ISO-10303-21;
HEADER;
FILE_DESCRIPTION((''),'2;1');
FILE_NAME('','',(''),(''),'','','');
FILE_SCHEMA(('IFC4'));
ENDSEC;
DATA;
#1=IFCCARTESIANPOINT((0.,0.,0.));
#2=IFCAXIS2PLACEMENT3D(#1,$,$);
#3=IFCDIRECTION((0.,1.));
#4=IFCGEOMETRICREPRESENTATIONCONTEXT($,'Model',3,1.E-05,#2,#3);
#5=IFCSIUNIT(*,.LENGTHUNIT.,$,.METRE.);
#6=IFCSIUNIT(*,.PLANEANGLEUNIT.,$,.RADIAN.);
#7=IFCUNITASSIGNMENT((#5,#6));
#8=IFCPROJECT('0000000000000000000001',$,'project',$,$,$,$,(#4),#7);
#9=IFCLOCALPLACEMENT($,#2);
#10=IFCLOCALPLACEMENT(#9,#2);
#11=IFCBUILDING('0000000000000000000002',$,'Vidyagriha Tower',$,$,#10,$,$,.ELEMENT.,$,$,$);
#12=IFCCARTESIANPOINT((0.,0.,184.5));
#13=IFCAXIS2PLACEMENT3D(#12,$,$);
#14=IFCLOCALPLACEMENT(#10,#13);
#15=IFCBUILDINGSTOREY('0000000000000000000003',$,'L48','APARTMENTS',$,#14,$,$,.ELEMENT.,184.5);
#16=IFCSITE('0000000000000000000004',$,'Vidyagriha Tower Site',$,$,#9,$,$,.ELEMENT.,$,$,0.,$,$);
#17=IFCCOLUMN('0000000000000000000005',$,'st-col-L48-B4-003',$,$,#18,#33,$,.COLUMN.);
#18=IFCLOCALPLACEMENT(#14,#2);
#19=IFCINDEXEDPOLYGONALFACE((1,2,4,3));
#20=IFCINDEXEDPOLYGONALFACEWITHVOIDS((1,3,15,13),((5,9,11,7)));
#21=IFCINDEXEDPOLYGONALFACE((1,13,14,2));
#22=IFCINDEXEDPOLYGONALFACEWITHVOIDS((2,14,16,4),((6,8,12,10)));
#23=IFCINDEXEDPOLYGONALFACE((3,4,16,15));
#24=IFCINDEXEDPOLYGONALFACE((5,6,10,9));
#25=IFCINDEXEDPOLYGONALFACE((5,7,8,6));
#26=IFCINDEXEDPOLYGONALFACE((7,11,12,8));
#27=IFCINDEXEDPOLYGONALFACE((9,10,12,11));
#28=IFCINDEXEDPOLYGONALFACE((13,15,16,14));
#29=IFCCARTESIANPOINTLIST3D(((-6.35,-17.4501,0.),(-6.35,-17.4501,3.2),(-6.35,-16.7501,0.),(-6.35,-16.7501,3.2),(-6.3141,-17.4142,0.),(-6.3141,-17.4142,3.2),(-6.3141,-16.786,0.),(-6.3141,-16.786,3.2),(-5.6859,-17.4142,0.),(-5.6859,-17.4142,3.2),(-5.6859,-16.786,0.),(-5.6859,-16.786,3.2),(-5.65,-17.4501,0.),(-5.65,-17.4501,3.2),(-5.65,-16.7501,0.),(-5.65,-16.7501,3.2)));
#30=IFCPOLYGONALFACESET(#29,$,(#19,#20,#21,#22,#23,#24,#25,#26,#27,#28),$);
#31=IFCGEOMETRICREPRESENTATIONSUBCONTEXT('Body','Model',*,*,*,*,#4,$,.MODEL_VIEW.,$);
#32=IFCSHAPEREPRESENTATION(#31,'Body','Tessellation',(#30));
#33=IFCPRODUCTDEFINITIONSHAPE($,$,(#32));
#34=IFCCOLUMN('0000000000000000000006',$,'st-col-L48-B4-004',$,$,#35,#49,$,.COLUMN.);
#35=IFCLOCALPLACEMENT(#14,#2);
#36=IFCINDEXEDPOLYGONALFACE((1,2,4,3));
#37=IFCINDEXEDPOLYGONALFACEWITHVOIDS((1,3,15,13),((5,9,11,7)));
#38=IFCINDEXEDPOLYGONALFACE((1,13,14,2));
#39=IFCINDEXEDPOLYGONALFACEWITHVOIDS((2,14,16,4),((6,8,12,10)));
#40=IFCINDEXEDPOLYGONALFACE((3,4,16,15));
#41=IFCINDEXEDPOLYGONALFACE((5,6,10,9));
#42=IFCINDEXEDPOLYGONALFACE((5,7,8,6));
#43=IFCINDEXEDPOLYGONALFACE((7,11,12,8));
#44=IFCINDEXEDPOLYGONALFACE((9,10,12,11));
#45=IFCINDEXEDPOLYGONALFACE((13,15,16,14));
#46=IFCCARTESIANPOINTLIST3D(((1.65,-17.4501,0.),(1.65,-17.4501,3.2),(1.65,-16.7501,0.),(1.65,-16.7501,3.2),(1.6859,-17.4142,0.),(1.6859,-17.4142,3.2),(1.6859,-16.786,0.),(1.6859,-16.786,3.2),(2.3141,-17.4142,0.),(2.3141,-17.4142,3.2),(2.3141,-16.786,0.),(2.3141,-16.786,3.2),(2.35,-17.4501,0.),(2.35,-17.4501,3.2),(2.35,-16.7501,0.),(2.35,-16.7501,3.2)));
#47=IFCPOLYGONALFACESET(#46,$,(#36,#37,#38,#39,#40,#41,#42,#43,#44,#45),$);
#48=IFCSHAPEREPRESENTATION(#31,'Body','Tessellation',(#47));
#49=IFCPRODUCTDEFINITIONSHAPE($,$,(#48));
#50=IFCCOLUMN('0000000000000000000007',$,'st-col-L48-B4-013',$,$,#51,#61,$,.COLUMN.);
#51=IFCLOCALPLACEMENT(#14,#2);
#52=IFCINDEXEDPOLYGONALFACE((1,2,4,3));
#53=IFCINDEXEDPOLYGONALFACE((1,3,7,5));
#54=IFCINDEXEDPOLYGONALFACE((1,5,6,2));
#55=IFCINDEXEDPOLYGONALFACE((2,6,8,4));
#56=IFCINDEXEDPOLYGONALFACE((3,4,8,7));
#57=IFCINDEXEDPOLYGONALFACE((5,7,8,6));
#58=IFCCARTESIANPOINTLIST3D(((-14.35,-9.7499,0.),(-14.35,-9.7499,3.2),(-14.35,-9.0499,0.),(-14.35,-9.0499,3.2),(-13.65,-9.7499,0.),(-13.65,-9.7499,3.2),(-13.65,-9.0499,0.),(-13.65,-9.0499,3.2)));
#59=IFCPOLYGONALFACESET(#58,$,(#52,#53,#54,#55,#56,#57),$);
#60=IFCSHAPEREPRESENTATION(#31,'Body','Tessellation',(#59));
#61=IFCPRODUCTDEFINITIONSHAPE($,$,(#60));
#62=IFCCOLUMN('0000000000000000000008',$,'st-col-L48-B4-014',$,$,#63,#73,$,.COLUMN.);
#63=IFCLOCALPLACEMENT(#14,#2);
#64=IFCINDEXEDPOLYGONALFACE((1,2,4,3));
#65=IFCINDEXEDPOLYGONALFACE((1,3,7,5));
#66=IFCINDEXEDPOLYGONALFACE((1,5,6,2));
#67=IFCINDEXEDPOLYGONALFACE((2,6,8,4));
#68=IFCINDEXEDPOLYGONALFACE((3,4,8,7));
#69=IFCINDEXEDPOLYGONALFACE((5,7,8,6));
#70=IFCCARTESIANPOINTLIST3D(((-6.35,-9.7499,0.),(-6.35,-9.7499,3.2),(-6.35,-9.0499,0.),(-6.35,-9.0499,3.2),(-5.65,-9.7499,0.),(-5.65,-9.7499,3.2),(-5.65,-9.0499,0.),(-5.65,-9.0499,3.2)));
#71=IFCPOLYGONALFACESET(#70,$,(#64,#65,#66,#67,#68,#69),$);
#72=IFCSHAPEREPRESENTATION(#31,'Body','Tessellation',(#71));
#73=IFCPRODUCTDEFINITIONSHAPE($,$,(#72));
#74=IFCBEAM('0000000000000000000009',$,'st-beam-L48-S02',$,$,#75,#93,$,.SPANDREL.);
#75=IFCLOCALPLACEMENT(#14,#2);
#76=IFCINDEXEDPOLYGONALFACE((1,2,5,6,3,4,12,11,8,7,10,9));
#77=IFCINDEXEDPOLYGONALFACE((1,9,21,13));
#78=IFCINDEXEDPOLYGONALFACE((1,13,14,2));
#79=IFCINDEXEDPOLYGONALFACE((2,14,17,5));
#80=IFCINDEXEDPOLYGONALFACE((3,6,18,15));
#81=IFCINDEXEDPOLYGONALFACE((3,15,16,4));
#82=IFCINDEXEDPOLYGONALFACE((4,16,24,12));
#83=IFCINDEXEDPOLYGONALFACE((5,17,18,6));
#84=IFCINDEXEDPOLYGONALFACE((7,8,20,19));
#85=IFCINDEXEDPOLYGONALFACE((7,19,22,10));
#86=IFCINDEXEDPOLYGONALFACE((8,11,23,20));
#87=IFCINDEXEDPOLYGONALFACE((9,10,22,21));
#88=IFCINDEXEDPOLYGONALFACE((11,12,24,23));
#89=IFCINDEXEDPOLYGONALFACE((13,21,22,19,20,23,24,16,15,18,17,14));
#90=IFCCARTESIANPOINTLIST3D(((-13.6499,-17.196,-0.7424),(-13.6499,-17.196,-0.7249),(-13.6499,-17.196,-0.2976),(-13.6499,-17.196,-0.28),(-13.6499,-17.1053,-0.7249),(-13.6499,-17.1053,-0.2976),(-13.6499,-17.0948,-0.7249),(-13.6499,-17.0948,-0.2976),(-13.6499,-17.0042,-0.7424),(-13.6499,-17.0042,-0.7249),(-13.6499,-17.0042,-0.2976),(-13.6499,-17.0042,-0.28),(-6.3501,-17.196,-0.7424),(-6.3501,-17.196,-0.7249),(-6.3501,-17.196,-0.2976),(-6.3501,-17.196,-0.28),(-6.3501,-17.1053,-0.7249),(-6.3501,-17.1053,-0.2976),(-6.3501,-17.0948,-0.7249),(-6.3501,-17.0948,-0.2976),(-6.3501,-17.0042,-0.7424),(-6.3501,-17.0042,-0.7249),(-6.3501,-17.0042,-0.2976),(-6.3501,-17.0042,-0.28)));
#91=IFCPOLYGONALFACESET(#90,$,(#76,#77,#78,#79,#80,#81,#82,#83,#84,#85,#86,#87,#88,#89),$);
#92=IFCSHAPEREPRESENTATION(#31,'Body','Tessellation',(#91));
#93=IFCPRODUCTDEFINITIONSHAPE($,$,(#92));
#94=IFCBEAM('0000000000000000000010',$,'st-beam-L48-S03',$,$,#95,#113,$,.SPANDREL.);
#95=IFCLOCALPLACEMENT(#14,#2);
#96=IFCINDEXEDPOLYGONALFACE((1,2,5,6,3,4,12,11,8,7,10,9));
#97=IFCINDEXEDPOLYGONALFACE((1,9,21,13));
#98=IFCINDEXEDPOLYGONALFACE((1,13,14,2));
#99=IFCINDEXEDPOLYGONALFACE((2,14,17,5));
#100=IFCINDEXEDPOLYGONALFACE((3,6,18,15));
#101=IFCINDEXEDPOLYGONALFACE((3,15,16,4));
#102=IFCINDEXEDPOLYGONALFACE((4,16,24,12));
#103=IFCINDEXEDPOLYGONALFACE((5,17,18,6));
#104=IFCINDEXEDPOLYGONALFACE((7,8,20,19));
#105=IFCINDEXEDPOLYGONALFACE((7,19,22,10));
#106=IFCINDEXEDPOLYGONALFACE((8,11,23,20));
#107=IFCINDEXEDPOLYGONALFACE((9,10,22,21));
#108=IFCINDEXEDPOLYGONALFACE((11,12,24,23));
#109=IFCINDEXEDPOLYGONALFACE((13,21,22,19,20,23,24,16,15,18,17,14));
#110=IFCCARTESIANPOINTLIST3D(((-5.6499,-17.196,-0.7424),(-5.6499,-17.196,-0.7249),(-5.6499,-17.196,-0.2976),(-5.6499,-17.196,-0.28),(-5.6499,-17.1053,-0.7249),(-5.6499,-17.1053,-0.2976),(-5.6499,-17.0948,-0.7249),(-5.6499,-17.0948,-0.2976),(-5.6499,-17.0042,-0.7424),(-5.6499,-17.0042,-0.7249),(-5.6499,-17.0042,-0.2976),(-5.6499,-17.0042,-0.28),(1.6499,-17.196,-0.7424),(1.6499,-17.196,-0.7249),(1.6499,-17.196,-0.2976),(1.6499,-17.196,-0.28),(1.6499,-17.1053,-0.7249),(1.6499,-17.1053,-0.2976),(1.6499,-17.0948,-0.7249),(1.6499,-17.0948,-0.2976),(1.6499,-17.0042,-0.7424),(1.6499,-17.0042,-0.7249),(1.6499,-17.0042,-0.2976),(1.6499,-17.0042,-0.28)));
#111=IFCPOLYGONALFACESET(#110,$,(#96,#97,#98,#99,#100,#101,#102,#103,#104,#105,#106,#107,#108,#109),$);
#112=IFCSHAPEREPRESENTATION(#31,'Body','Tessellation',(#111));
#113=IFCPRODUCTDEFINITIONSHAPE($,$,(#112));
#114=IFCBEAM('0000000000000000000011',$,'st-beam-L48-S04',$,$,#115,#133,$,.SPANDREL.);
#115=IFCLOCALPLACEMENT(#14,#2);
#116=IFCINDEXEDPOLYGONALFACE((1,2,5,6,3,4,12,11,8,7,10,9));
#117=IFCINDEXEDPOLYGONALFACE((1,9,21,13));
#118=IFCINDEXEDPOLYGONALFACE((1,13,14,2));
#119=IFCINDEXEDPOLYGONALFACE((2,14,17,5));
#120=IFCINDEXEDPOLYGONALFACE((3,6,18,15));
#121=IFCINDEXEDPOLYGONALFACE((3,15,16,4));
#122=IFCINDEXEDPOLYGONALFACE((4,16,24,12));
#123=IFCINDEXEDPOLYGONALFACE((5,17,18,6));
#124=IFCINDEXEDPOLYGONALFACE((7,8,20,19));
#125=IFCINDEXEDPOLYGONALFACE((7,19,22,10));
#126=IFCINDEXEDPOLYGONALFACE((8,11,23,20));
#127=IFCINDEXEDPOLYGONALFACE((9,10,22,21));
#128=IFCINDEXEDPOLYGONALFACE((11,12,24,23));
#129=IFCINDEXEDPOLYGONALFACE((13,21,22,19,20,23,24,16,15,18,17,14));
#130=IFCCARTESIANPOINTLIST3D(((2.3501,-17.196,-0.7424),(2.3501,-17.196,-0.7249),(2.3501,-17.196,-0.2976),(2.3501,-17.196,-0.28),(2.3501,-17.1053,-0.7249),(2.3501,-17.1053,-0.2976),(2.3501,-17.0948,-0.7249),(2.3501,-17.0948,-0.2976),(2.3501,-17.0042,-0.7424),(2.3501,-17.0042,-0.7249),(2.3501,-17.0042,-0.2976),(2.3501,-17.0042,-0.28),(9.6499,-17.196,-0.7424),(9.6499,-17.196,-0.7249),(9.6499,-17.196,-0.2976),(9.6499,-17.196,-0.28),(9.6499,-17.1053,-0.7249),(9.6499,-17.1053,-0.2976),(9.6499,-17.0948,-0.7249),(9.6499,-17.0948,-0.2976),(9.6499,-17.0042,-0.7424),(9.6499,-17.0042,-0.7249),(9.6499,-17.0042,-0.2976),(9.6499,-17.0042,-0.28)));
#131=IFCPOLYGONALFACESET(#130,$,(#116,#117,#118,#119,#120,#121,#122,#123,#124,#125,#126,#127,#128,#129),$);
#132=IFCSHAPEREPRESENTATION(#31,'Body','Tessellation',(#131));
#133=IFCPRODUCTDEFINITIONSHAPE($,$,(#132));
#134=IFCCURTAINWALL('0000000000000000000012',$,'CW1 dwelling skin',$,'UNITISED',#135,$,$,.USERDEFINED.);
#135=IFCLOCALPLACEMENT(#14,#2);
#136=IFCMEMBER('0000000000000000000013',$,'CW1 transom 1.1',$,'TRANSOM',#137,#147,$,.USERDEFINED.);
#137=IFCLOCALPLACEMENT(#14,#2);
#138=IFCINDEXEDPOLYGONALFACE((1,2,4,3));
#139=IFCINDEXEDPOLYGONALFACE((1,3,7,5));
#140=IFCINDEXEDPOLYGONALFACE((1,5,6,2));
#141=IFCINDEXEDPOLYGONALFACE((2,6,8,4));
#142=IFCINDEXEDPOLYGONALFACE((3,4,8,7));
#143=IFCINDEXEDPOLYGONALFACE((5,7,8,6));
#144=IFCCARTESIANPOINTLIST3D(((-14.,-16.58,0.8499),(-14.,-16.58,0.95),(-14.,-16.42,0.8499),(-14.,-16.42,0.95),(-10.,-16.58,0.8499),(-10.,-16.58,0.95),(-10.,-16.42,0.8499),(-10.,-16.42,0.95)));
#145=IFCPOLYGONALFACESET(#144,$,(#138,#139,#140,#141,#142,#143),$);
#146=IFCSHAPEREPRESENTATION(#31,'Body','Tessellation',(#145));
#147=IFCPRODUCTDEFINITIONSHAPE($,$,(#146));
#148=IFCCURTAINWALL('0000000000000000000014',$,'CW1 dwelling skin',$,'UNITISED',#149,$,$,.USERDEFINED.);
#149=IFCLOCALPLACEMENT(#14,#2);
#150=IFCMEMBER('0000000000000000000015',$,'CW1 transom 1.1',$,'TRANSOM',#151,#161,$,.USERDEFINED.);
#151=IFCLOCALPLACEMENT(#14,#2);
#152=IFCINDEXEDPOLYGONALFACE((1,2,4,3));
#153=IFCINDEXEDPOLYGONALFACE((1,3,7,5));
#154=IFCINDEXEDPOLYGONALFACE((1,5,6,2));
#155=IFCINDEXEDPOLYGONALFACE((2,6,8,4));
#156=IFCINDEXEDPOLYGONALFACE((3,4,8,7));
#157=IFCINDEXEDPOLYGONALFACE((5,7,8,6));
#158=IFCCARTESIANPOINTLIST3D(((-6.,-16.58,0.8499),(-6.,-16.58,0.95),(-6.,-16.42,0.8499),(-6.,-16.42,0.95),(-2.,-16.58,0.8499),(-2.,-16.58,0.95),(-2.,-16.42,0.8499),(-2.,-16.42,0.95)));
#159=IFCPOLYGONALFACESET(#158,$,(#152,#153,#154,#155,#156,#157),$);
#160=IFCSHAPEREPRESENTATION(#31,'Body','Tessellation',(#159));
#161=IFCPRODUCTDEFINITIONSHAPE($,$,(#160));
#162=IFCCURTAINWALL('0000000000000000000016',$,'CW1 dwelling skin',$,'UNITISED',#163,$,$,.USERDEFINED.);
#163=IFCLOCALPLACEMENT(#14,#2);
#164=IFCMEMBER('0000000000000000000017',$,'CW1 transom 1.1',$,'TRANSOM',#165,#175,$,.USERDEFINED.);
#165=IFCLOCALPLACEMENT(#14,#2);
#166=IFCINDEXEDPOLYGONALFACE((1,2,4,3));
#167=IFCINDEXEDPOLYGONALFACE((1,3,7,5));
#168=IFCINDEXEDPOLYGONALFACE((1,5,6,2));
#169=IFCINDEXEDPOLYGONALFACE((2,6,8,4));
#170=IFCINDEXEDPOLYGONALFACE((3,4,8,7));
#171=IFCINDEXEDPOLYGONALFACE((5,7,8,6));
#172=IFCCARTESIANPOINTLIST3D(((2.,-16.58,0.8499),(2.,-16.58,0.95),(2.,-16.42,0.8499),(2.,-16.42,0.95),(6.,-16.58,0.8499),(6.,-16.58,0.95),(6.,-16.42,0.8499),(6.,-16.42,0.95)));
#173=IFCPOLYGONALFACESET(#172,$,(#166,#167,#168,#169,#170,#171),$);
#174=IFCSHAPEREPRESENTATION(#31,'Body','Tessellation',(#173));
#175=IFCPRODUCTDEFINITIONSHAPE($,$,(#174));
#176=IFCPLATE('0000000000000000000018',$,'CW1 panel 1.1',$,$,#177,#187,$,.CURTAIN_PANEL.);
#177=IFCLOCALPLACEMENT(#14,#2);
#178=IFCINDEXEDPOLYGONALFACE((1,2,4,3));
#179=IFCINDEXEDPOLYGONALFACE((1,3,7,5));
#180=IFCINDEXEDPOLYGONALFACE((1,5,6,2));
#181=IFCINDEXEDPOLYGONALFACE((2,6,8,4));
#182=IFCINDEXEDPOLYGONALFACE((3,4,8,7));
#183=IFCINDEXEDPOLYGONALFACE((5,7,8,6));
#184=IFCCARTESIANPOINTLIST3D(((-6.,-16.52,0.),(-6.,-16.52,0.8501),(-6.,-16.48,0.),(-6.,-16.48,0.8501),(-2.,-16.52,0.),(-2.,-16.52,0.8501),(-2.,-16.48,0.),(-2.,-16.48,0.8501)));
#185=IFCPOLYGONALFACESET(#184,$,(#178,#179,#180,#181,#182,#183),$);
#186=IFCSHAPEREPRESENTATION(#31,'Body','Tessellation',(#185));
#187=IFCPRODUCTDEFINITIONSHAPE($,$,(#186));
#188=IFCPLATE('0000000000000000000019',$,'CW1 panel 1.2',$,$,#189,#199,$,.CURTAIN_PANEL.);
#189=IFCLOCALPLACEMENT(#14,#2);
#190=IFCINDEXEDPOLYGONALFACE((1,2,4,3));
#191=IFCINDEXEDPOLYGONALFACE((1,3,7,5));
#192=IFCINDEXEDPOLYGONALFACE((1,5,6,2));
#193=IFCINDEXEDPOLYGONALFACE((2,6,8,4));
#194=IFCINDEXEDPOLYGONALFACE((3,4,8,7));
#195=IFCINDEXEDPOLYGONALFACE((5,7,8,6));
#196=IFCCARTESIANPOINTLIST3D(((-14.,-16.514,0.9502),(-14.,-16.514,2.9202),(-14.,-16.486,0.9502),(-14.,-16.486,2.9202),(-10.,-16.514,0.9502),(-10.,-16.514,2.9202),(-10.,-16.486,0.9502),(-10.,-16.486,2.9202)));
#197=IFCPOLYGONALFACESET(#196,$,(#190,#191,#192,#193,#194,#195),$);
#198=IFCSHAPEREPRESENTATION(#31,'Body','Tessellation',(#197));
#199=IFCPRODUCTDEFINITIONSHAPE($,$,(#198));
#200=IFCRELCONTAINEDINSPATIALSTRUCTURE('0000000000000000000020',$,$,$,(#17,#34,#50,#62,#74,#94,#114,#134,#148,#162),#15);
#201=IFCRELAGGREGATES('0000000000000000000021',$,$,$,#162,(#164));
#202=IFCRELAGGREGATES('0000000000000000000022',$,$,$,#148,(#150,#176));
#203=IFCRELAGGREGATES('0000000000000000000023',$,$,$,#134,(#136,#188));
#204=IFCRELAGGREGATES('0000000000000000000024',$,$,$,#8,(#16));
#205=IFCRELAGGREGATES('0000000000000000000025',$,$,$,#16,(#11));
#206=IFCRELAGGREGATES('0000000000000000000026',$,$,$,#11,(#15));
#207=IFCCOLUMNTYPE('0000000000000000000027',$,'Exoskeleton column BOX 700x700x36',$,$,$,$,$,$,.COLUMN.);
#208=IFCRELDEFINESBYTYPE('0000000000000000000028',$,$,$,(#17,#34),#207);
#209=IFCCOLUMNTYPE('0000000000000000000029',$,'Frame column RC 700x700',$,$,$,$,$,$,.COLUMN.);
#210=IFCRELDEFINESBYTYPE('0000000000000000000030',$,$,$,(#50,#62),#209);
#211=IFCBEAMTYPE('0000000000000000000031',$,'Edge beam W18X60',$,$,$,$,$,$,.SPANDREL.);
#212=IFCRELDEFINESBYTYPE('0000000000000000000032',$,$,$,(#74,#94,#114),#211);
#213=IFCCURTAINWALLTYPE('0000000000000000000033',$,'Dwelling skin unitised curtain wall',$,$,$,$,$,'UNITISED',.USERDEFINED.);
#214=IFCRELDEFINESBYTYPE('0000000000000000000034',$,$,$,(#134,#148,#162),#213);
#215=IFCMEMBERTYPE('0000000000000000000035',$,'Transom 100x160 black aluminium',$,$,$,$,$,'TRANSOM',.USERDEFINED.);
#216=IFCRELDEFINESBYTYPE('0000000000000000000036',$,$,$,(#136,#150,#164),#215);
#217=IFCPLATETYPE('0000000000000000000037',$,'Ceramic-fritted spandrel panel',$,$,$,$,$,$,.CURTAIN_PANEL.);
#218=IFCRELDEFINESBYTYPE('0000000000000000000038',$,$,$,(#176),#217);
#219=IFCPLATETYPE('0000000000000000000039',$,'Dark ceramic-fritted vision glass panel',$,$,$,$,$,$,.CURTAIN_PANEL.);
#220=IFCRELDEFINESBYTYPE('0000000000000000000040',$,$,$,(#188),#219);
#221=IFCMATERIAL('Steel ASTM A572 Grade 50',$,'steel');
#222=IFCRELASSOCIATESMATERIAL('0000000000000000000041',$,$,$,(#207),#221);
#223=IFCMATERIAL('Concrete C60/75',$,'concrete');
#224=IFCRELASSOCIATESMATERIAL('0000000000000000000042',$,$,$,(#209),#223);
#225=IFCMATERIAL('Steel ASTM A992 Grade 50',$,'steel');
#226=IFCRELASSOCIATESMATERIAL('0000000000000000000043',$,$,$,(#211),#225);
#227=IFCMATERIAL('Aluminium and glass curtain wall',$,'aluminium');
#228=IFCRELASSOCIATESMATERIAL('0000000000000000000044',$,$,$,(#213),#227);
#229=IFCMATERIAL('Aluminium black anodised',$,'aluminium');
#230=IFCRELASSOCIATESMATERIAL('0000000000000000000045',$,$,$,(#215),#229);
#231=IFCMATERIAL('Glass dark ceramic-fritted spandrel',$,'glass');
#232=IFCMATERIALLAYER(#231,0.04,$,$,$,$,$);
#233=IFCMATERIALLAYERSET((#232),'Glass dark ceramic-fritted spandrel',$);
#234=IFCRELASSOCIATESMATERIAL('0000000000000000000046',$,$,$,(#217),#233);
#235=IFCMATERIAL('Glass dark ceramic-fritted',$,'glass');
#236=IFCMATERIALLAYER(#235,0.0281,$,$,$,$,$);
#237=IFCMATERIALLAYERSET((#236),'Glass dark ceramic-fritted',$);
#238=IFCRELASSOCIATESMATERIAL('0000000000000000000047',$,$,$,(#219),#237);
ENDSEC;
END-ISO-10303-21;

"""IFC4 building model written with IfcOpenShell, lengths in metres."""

from ifc_helpers import new_model, si_unit, direction, frame, origin, origin_2d, place, context, subcontext, project, spatial, rectangle, hollow_rectangle, i_section, extrude, material, layer, layer_set, material_profile, profile_set, type_object, element, aggregate, save


model = new_model("IFC4")

# Units and contexts
model_context = context("Model", 3, precision=1e-05, world=origin(), true_north=direction((0.0, 1.0)))
body_context = subcontext(model_context, "Body", "Model", "MODEL_VIEW")
ifc_project = project(units=[si_unit("LENGTHUNIT", "METRE"), si_unit("PLANEANGLEUNIT", "RADIAN")], contexts=[model_context])

# Site, building, storey
site_placement = place(None, origin())
site = spatial("IfcSite", under=ifc_project, at=site_placement, Name="Vidyagriha Tower Site", CompositionType="ELEMENT", RefElevation=0.0)
building_placement = place(site_placement, origin())
building = spatial("IfcBuilding", under=site, at=building_placement, Name="Vidyagriha Tower", CompositionType="ELEMENT")
storey_placement = place(building_placement, frame((0.0, 0.0, 184.5)))
storey = spatial("IfcBuildingStorey", under=building, at=storey_placement, Name="L48", Description="APARTMENTS", CompositionType="ELEMENT", Elevation=184.5)

# Columns
ifc_material_1 = material(Name="Steel ASTM A572 Grade 50", Category="steel")
ifc_material_profile_1 = material_profile(ifc_material_1, hollow_rectangle(XDim=0.7, YDim=0.7, WallThickness=0.0359, at=origin_2d()), Name="BOX 700x700x36")
ifc_profile_set_1 = profile_set([ifc_material_profile_1], Name="Steel ASTM A572 Grade 50")
column_type_1 = type_object("IfcColumnType", Name="Exoskeleton column BOX 700x700x36", PredefinedType="COLUMN", material=ifc_profile_set_1)
for number, where, name in (
    (1, (-6.0, -17.1001, 0.0), "st-col-L48-B4-003"),
    (2, (2.0, -17.1001, 0.0), "st-col-L48-B4-004"),
):
    element("IfcColumn", number, at=place(storey_placement, frame(where)), inside=storey, type_object=column_type_1, Name=name, PredefinedType="COLUMN", context=body_context, shape_type="SweptSolid", body=[
        extrude(hollow_rectangle(XDim=0.7, YDim=0.7, WallThickness=0.0359, at=origin_2d()), origin(), (0.0, 0.0, 1.0), 3.2),
    ])
ifc_material_2 = material(Name="Concrete C60/75", Category="concrete")
ifc_material_profile_2 = material_profile(ifc_material_2, rectangle(XDim=0.7, YDim=0.7, at=origin_2d()), Name="RC 700x700")
ifc_profile_set_2 = profile_set([ifc_material_profile_2], Name="Concrete C60/75")
column_type_2 = type_object("IfcColumnType", Name="Frame column RC 700x700", PredefinedType="COLUMN", material=ifc_profile_set_2)
for number, where, name in (
    (3, (-14.0, -9.3999, 0.0), "st-col-L48-B4-013"),
    (4, (-6.0, -9.3999, 0.0), "st-col-L48-B4-014"),
):
    element("IfcColumn", number, at=place(storey_placement, frame(where)), inside=storey, type_object=column_type_2, Name=name, PredefinedType="COLUMN", context=body_context, shape_type="SweptSolid", body=[
        extrude(rectangle(XDim=0.7, YDim=0.7, at=origin_2d()), origin(), (0.0, 0.0, 1.0), 3.2),
    ])

# Beams
ifc_material_3 = material(Name="Steel ASTM A992 Grade 50", Category="steel")
ifc_material_profile_3 = material_profile(ifc_material_3, i_section(OverallWidth=0.1919, OverallDepth=0.4624, WebThickness=0.0105, FlangeThickness=0.0176, at=origin_2d()), Name="W18X60")
ifc_profile_set_3 = profile_set([ifc_material_profile_3], Name="Steel ASTM A992 Grade 50")
beam_type = type_object("IfcBeamType", Name="Edge beam W18X60", PredefinedType="SPANDREL", material=ifc_profile_set_3)
for number, where, z_axis, x_axis, name in (
    (5, (-13.6499, -17.1001, -0.5112), (1.0, 0.0, 0.0), (0.0, 1.0, 0.0), "st-beam-L48-S02"),
    (6, (-5.6499, -17.1001, -0.5112), (1.0, 0.0, 0.0), (0.0, 1.0, 0.0), "st-beam-L48-S03"),
    (7, (2.3501, -17.1001, -0.5112), (1.0, 0.0, 0.0), (0.0, 1.0, 0.0), "st-beam-L48-S04"),
):
    element("IfcBeam", number, at=place(storey_placement, frame(where, z_axis=z_axis, x_axis=x_axis)), inside=storey, type_object=beam_type, Name=name, PredefinedType="SPANDREL", context=body_context, shape_type="SweptSolid", body=[
        extrude(i_section(OverallWidth=0.1919, OverallDepth=0.4624, WebThickness=0.0105, FlangeThickness=0.0176, at=origin_2d()), origin(), (0.0, 0.0, 1.0), 7.2998),
    ])

# Curtain walls, members
ifc_material_4 = material(Name="Aluminium and glass curtain wall", Category="aluminium")
curtain_wall_type = type_object("IfcCurtainWallType", Name="Dwelling skin unitised curtain wall", ElementType="UNITISED", PredefinedType="USERDEFINED", material=ifc_material_4)
curtain_wall_1_placement = place(storey_placement, origin())
curtain_wall_1 = element("IfcCurtainWall", 8, at=curtain_wall_1_placement, inside=storey, type_object=curtain_wall_type, Name="CW1 dwelling skin", ObjectType="UNITISED", PredefinedType="USERDEFINED")
ifc_material_5 = material(Name="Aluminium black anodised", Category="aluminium")
ifc_material_profile_4 = material_profile(ifc_material_5, rectangle(XDim=0.1599, YDim=0.1001, at=origin_2d()), Name="Transom 100x160 black aluminium")
ifc_profile_set_4 = profile_set([ifc_material_profile_4], Name="Aluminium black anodised")
member_type = type_object("IfcMemberType", Name="Transom 100x160 black aluminium", ElementType="TRANSOM", PredefinedType="USERDEFINED", material=ifc_profile_set_4)
member_1_placement = place(storey_placement, frame((-14.0, -16.5, 0.8999), z_axis=(1.0, 0.0, 0.0), x_axis=(0.0, 1.0, 0.0)))
member_1 = element("IfcMember", 9, at=member_1_placement, type_object=member_type, Name="CW1 transom 1.1", ObjectType="TRANSOM", PredefinedType="USERDEFINED", context=body_context, shape_type="SweptSolid", body=[
    extrude(rectangle(XDim=0.1599, YDim=0.1001, at=origin_2d()), origin(), (0.0, 0.0, 1.0), 4.0),
])
curtain_wall_2_placement = place(storey_placement, origin())
curtain_wall_2 = element("IfcCurtainWall", 10, at=curtain_wall_2_placement, inside=storey, type_object=curtain_wall_type, Name="CW1 dwelling skin", ObjectType="UNITISED", PredefinedType="USERDEFINED")
member_2_placement = place(storey_placement, frame((-6.0, -16.5, 0.8999), z_axis=(1.0, 0.0, 0.0), x_axis=(0.0, 1.0, 0.0)))
member_2 = element("IfcMember", 11, at=member_2_placement, type_object=member_type, Name="CW1 transom 1.1", ObjectType="TRANSOM", PredefinedType="USERDEFINED", context=body_context, shape_type="SweptSolid", body=[
    extrude(rectangle(XDim=0.1599, YDim=0.1001, at=origin_2d()), origin(), (0.0, 0.0, 1.0), 4.0),
])
curtain_wall_3_placement = place(storey_placement, origin())
curtain_wall_3 = element("IfcCurtainWall", 12, at=curtain_wall_3_placement, inside=storey, type_object=curtain_wall_type, Name="CW1 dwelling skin", ObjectType="UNITISED", PredefinedType="USERDEFINED")
member_3_placement = place(storey_placement, frame((2.0, -16.5, 0.8999), z_axis=(1.0, 0.0, 0.0), x_axis=(0.0, 1.0, 0.0)))
member_3 = element("IfcMember", 13, at=member_3_placement, type_object=member_type, Name="CW1 transom 1.1", ObjectType="TRANSOM", PredefinedType="USERDEFINED", context=body_context, shape_type="SweptSolid", body=[
    extrude(rectangle(XDim=0.1599, YDim=0.1001, at=origin_2d()), origin(), (0.0, 0.0, 1.0), 4.0),
])
aggregate(curtain_wall_3, [member_3])

# Plates
ifc_material_6 = material(Name="Glass dark ceramic-fritted spandrel", Category="glass")
ifc_layer_1 = layer(ifc_material_6, 0.04)
ifc_layer_set_1 = layer_set([ifc_layer_1], Name="Glass dark ceramic-fritted spandrel")
plate_type_1 = type_object("IfcPlateType", Name="Ceramic-fritted spandrel panel", PredefinedType="CURTAIN_PANEL", material=ifc_layer_set_1)
plate_1_placement = place(storey_placement, frame((-4.0, -16.5, 0.0)))
plate_1 = element("IfcPlate", 14, at=plate_1_placement, type_object=plate_type_1, Name="CW1 panel 1.1", PredefinedType="CURTAIN_PANEL", context=body_context, shape_type="SweptSolid", body=[
    extrude(rectangle(XDim=4.0, YDim=0.04, at=origin_2d()), origin(), (0.0, 0.0, 1.0), 0.8501),
])
ifc_material_7 = material(Name="Glass dark ceramic-fritted", Category="glass")
ifc_layer_2 = layer(ifc_material_7, 0.0281)
ifc_layer_set_2 = layer_set([ifc_layer_2], Name="Glass dark ceramic-fritted")
plate_type_2 = type_object("IfcPlateType", Name="Dark ceramic-fritted vision glass panel", PredefinedType="CURTAIN_PANEL", material=ifc_layer_set_2)
plate_2_placement = place(storey_placement, frame((-12.0, -16.5, 0.9502)))
plate_2 = element("IfcPlate", 15, at=plate_2_placement, type_object=plate_type_2, Name="CW1 panel 1.2", PredefinedType="CURTAIN_PANEL", context=body_context, shape_type="SweptSolid", body=[
    extrude(rectangle(XDim=4.0, YDim=0.0281, at=origin_2d()), origin(), (0.0, 0.0, 1.0), 1.97),
])
aggregate(curtain_wall_2, [member_2, plate_1])
aggregate(curtain_wall_1, [member_1, plate_2])

save(model, "model.ifc")
